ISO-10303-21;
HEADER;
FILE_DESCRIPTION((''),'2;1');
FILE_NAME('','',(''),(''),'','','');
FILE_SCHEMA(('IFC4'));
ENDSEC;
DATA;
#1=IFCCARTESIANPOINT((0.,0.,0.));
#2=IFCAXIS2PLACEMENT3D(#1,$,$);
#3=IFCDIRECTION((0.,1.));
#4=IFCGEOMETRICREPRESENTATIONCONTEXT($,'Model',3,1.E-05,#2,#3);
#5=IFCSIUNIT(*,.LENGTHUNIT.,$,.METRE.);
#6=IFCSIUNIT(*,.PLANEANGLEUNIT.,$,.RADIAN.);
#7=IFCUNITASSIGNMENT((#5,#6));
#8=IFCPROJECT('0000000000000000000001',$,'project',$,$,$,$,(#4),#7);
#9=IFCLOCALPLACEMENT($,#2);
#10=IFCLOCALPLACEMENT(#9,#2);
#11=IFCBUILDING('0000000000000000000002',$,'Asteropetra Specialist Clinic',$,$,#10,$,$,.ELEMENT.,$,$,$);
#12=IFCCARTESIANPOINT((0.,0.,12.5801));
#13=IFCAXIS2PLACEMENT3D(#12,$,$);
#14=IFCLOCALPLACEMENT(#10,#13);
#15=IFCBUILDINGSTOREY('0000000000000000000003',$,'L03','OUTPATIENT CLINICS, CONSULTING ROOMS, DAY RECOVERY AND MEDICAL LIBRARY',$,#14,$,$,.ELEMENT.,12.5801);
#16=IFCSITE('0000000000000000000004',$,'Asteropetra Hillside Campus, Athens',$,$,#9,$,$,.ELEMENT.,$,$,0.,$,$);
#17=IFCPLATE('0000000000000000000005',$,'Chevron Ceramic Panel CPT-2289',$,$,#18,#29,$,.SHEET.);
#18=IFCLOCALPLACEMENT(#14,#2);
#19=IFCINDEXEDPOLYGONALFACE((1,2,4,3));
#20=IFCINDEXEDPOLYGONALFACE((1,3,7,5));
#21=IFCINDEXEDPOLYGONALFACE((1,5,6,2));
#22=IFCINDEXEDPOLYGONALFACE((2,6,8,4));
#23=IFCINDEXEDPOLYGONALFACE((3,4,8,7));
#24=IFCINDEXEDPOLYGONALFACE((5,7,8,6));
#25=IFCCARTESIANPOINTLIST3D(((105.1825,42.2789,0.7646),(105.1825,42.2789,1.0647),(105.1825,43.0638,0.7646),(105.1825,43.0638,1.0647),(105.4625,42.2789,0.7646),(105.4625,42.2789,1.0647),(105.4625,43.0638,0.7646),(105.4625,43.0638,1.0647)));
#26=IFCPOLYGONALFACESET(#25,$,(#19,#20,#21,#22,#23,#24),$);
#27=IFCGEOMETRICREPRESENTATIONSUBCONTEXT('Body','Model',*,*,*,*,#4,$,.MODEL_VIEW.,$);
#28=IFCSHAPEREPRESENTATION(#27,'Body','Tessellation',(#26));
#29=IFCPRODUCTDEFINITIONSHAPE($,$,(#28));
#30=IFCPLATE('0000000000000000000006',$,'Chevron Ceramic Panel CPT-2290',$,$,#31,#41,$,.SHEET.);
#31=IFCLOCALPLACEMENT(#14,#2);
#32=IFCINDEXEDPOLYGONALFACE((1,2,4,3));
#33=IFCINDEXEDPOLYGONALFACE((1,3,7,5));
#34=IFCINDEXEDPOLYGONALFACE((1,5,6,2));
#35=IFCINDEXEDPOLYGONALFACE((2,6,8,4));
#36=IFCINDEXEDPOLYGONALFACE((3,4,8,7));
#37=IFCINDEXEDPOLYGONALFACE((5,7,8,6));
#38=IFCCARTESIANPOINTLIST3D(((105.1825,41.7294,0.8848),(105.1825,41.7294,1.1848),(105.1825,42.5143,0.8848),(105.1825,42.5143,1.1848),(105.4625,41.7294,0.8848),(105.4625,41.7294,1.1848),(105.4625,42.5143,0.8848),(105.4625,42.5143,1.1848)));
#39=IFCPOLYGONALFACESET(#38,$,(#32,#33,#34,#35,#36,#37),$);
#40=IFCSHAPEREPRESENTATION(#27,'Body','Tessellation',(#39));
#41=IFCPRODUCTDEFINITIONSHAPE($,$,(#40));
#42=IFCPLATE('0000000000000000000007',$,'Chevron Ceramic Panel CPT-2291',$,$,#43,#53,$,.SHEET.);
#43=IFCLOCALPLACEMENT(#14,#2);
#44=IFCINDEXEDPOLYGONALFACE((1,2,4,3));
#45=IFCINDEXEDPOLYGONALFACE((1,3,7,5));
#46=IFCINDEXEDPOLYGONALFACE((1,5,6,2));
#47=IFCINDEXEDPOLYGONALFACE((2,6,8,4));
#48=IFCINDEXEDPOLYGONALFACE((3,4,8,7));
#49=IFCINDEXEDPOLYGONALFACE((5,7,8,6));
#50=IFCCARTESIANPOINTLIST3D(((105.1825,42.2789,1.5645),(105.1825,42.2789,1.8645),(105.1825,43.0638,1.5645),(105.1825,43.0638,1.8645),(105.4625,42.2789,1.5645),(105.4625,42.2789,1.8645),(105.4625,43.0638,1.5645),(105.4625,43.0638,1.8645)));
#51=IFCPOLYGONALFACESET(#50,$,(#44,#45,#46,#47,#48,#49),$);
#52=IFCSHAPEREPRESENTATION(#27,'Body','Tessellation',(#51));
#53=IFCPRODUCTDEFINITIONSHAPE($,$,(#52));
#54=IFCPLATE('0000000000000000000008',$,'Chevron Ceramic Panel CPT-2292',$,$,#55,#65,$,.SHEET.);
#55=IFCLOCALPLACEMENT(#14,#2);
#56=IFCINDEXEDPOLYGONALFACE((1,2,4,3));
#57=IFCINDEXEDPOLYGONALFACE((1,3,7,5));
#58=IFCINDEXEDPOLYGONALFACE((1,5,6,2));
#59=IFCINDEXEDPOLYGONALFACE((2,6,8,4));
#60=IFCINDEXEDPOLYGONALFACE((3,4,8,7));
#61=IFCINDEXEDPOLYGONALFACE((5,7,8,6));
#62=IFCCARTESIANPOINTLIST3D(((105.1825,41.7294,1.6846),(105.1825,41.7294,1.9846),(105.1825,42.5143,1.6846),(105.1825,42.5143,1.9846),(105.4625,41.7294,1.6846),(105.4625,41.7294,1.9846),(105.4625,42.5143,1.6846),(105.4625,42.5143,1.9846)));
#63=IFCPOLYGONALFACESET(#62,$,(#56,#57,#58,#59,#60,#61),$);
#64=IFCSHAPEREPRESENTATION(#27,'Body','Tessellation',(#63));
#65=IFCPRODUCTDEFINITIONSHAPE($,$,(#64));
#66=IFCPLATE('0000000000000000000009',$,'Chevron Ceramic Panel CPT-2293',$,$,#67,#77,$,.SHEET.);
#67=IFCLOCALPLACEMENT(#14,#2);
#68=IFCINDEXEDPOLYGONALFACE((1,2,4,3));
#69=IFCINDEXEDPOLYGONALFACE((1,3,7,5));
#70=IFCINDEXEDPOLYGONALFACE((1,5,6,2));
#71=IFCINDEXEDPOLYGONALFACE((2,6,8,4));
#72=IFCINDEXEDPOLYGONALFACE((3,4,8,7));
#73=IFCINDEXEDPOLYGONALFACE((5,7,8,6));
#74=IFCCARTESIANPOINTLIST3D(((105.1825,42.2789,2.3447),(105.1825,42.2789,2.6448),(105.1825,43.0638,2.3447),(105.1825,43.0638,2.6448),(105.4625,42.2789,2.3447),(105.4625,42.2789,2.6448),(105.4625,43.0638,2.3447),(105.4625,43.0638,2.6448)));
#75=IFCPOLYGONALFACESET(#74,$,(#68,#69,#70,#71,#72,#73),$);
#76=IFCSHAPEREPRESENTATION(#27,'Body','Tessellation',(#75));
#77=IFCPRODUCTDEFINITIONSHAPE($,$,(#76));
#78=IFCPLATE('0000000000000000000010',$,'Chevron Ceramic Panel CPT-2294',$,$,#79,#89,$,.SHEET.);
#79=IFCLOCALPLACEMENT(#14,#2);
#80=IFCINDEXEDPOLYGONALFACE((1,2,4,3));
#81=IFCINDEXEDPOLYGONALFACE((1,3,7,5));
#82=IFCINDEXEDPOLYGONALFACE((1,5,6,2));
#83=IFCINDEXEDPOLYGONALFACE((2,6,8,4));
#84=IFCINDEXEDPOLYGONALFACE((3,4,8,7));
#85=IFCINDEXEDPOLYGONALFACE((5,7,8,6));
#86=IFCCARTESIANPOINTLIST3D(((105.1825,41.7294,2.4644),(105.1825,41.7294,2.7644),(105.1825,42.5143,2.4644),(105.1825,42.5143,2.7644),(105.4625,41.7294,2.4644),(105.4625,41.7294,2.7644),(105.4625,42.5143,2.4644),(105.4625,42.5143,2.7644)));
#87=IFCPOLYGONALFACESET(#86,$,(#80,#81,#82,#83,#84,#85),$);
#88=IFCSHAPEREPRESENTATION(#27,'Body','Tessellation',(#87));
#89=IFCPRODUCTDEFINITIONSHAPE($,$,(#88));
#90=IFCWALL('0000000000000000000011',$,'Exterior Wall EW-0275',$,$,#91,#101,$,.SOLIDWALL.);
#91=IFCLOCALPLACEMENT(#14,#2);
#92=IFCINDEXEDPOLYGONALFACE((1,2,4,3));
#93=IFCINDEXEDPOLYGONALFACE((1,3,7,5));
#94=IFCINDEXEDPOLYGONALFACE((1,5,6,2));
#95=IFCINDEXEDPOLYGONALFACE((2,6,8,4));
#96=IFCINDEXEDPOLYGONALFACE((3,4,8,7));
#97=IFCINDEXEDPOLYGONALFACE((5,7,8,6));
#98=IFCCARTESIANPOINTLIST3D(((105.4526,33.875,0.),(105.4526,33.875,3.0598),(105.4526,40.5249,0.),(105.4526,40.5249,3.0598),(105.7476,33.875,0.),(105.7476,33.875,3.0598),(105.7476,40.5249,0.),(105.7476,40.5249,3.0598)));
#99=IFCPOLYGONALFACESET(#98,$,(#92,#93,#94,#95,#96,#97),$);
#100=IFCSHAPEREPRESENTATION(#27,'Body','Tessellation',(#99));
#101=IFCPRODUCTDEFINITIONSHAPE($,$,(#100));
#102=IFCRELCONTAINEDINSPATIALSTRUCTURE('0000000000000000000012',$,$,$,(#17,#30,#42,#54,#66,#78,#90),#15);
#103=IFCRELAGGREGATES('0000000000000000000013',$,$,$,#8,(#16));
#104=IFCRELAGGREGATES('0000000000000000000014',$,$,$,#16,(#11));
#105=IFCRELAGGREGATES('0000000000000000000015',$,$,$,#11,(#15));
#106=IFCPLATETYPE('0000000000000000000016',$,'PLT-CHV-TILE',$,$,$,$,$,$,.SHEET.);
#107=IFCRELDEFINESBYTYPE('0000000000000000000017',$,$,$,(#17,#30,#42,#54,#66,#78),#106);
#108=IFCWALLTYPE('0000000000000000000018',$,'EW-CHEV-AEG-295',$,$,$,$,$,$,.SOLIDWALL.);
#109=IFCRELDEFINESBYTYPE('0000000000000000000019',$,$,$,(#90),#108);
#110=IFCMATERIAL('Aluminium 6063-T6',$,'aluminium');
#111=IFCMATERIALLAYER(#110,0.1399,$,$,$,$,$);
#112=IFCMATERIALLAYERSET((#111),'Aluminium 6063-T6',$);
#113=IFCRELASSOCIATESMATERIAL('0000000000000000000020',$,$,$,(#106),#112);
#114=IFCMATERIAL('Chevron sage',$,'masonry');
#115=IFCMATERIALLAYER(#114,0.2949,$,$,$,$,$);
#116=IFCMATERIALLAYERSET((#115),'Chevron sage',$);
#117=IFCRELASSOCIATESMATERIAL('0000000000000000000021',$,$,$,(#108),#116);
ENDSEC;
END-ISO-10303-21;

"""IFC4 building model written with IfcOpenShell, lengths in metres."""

from ifc_helpers import new_model, si_unit, direction, frame, frame_2d, origin, origin_2d, place, context, subcontext, project, spatial, rectangle, extrude, material, layer, layer_set, type_object, element, save


model = new_model("IFC4")

# Units and contexts
model_context = context("Model", 3, precision=1e-05, world=origin(), true_north=direction((0.0, 1.0)))
body_context = subcontext(model_context, "Body", "Model", "MODEL_VIEW")
ifc_project = project(units=[si_unit("LENGTHUNIT", "METRE"), si_unit("PLANEANGLEUNIT", "RADIAN")], contexts=[model_context])

# Site, building, storey
site_placement = place(None, origin())
site = spatial("IfcSite", under=ifc_project, at=site_placement, Name="Asteropetra Hillside Campus, Athens", CompositionType="ELEMENT", RefElevation=0.0)
building_placement = place(site_placement, origin())
building = spatial("IfcBuilding", under=site, at=building_placement, Name="Asteropetra Specialist Clinic", CompositionType="ELEMENT")
storey_placement = place(building_placement, frame((0.0, 0.0, 12.5801)))
storey = spatial("IfcBuildingStorey", under=building, at=storey_placement, Name="L03", Description="OUTPATIENT CLINICS, CONSULTING ROOMS, DAY RECOVERY AND MEDICAL LIBRARY", CompositionType="ELEMENT", Elevation=12.5801)

# Plates
ifc_material_1 = material(Name="Aluminium 6063-T6", Category="aluminium")
ifc_layer_1 = layer(ifc_material_1, 0.1399)
ifc_layer_set_1 = layer_set([ifc_layer_1], Name="Aluminium 6063-T6")
plate_type_1 = type_object("IfcPlateType", Name="PLT-CHV-TILE", PredefinedType="SHEET", material=ifc_layer_set_1)
for number, where, z_axis, x_axis, name in (
    (1, (105.3225, 42.6714, 0.7646), (0.0, 0.0, 1.0), (1.0, 0.0, 0.0), "Chevron Ceramic Panel CPT-2289"),
    (2, (105.3225, 42.1218, 0.8848), (0.0, 0.0, 1.0), (1.0, 0.0, 0.0), "Chevron Ceramic Panel CPT-2290"),
    (3, (105.3225, 42.6714, 1.5645), (0.0, 0.0, 1.0), (1.0, 0.0, 0.0), "Chevron Ceramic Panel CPT-2291"),
    (4, (105.3225, 42.1218, 1.6846), (0.0, 0.0, 1.0), (1.0, 0.0, 0.0), "Chevron Ceramic Panel CPT-2292"),
    (5, (105.3225, 42.6714, 2.3447), (0.0, 0.0, 1.0), (1.0, 0.0, 0.0), "Chevron Ceramic Panel CPT-2293"),
    (6, (105.3225, 42.1218, 2.4644), (0.0, 0.0, 1.0), (1.0, 0.0, 0.0), "Chevron Ceramic Panel CPT-2294"),
):
    element("IfcPlate", number, at=place(storey_placement, frame(where, z_axis=z_axis, x_axis=x_axis)), inside=storey, type_object=plate_type_1, Name=name, PredefinedType="SHEET", context=body_context, shape_type="SweptSolid", body=[
        extrude(rectangle(XDim=0.28, YDim=0.7849, at=origin_2d()), origin(), (0.0, 0.0, 1.0), 0.3),
    ])

# Wall
ifc_material_2 = material(Name="Chevron sage", Category="masonry")
ifc_layer_2 = layer(ifc_material_2, 0.2949)
ifc_layer_set_2 = layer_set([ifc_layer_2], Name="Chevron sage")
wall_type = type_object("IfcWallType", Name="EW-CHEV-AEG-295", PredefinedType="SOLIDWALL", material=ifc_layer_set_2)
wall_placement = place(storey_placement, frame((105.6001, 40.5249, 0.0), z_axis=(0.0, 0.0, 1.0), x_axis=(0.0, -1.0, 0.0)))
element("IfcWall", 7, at=wall_placement, inside=storey, type_object=wall_type, Name="Exterior Wall EW-0275", PredefinedType="SOLIDWALL", context=body_context, shape_type="SweptSolid", body=[
    extrude(rectangle(XDim=6.6499, YDim=0.2949, at=frame_2d((3.325, 0.0))), origin(), (0.0, 0.0, 1.0), 3.0598),
])

save(model, "model.ifc")
